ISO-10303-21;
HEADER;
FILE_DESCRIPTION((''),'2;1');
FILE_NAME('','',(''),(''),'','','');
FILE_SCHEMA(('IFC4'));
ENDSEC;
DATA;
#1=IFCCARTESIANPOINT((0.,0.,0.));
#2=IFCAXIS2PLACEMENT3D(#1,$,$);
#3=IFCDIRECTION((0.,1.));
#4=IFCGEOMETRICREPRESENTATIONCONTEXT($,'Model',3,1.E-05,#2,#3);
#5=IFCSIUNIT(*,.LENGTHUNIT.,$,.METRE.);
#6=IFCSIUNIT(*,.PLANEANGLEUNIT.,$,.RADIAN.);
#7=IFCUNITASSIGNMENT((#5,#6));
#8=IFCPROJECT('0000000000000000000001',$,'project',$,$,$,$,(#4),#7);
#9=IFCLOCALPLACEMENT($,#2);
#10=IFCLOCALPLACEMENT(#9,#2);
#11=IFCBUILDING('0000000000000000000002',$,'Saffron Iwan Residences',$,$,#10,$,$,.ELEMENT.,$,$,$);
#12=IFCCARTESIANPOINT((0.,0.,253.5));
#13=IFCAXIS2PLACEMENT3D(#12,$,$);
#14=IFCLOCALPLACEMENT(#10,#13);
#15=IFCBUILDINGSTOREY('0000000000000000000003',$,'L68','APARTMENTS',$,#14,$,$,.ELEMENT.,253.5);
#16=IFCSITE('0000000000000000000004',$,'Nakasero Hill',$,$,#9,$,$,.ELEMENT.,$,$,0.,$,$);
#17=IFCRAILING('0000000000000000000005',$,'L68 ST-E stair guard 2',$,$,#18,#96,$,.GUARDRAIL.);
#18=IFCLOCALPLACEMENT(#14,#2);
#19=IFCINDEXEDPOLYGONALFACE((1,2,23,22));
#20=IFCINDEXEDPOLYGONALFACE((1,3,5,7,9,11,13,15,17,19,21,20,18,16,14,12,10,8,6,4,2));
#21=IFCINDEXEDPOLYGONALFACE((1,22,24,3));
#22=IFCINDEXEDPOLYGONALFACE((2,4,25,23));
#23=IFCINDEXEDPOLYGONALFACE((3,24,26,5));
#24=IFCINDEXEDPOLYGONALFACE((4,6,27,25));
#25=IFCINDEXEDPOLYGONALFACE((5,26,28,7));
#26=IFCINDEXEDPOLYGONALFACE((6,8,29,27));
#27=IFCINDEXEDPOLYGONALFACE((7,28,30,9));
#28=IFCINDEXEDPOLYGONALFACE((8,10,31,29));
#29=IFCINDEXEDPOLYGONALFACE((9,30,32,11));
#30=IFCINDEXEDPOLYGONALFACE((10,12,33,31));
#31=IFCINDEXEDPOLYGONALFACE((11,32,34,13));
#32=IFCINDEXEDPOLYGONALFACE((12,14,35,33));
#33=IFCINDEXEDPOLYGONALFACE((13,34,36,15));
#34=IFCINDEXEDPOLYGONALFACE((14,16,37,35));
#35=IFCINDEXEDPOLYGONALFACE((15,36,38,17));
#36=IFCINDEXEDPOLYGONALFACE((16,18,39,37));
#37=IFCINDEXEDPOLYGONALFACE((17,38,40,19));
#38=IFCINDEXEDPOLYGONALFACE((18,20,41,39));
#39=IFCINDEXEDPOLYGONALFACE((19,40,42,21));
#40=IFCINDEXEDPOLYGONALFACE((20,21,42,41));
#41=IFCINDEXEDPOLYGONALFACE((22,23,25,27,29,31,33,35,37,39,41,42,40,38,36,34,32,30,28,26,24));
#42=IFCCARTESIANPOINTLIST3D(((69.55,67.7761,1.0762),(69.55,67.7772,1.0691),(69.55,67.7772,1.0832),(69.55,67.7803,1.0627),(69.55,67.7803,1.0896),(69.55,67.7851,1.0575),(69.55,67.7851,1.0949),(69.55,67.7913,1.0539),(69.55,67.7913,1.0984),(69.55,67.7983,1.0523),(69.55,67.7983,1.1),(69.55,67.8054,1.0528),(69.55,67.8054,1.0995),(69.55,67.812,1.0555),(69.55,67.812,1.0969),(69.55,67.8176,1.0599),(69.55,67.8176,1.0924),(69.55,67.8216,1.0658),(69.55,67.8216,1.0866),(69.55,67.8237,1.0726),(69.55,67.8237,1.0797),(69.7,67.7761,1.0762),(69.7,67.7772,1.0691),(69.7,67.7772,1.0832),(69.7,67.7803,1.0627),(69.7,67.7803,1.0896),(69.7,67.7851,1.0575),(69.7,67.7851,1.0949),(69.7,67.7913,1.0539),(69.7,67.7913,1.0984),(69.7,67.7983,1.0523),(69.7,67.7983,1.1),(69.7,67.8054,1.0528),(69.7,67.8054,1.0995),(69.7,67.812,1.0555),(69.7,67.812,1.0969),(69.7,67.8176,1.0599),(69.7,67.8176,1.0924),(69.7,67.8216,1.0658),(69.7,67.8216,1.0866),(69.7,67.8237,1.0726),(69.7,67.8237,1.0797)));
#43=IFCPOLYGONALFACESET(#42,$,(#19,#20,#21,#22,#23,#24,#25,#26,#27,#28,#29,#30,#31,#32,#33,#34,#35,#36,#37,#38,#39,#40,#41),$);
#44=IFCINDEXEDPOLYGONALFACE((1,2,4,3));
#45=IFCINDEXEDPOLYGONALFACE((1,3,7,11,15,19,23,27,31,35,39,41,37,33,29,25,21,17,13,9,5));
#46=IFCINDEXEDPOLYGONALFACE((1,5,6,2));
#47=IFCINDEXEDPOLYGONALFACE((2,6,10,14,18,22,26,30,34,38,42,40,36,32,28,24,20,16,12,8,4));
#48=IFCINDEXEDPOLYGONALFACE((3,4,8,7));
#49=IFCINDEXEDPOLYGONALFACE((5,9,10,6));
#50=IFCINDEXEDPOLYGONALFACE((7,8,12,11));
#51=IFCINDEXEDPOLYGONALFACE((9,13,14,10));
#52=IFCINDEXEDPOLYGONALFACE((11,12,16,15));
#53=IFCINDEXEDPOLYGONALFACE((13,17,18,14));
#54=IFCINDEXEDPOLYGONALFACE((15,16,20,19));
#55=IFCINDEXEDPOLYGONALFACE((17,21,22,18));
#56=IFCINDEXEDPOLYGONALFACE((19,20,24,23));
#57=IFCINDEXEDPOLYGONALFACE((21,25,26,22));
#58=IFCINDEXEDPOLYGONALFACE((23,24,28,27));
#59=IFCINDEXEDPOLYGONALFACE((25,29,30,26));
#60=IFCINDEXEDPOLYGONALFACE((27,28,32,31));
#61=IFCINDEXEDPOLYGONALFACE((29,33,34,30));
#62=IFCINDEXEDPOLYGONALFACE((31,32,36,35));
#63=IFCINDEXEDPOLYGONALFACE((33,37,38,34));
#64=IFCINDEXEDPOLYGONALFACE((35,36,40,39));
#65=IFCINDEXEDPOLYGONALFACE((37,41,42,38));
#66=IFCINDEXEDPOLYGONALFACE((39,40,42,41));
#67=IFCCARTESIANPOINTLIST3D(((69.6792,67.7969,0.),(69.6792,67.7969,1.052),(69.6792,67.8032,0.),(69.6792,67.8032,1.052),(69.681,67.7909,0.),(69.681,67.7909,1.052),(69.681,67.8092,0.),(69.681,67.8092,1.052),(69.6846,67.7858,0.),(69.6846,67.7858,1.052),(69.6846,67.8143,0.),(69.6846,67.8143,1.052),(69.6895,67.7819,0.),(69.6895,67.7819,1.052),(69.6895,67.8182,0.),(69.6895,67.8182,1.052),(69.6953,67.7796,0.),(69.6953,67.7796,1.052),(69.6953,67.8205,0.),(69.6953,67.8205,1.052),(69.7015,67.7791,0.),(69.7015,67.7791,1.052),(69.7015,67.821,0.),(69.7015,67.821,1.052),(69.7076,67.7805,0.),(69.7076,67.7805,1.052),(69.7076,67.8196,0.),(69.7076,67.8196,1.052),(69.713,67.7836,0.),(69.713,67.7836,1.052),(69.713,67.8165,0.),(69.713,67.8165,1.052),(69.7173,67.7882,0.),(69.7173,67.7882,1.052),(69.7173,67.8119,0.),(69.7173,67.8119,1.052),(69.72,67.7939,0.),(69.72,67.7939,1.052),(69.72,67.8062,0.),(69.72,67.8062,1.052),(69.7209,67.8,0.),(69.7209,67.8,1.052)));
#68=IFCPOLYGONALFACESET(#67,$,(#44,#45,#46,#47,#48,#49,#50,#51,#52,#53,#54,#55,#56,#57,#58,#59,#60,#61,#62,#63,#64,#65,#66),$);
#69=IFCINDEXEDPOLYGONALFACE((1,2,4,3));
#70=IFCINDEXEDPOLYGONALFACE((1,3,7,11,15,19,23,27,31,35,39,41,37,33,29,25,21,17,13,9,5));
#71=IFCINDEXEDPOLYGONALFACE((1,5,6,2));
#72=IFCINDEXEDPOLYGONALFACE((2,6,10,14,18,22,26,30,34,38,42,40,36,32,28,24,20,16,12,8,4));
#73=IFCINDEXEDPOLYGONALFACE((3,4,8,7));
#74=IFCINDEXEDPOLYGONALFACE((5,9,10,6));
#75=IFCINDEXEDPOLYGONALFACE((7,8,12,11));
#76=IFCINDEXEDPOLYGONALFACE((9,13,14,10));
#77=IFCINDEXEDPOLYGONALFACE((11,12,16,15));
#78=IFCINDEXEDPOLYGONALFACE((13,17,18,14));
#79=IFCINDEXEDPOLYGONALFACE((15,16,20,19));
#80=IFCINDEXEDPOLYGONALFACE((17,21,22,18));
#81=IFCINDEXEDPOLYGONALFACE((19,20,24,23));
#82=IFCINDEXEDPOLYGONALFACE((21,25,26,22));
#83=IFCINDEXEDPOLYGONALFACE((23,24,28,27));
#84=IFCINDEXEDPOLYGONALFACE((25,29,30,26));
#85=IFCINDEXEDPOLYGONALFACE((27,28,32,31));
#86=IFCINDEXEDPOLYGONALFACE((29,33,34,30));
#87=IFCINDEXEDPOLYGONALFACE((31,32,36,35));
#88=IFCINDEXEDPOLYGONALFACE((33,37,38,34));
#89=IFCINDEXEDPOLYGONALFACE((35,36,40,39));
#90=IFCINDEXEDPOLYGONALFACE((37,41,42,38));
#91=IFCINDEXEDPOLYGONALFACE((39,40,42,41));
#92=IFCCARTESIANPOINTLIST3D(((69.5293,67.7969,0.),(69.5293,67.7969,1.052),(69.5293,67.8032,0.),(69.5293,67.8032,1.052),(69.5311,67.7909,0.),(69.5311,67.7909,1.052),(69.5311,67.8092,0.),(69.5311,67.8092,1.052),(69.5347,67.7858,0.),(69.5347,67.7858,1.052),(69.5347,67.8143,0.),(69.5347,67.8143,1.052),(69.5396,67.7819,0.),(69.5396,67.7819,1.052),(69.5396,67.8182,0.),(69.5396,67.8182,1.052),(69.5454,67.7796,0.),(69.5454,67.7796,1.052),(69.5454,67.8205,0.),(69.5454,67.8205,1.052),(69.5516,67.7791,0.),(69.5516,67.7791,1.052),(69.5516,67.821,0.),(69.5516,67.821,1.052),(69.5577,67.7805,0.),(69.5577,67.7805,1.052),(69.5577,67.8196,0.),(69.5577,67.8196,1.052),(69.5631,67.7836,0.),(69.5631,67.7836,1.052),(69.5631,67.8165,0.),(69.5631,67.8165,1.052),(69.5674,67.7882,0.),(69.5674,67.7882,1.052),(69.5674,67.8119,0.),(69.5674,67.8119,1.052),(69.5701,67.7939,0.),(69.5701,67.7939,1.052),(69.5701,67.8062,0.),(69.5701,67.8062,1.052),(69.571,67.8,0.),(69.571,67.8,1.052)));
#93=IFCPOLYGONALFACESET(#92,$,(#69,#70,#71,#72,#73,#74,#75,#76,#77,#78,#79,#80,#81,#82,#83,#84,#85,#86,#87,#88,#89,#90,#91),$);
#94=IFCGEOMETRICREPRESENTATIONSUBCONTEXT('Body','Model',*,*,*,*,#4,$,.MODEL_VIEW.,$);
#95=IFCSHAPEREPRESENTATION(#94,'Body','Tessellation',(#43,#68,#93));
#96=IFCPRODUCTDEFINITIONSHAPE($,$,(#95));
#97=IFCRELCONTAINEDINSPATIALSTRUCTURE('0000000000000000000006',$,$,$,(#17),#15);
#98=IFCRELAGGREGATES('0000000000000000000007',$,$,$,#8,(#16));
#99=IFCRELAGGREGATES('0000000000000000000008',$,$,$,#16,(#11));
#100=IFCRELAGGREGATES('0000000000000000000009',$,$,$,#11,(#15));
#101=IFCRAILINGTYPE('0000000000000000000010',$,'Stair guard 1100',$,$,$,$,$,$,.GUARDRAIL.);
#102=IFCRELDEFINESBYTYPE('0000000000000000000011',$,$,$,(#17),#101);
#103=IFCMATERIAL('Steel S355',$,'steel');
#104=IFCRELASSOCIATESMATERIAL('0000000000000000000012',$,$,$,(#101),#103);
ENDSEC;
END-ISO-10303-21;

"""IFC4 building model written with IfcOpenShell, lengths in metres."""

from ifc_helpers import new_model, si_unit, direction, frame, origin, origin_2d, place, context, subcontext, project, spatial, circle, extrude, material, type_object, element, save


model = new_model("IFC4")

# Units and contexts
model_context = context("Model", 3, precision=1e-05, world=origin(), true_north=direction((0.0, 1.0)))
body_context = subcontext(model_context, "Body", "Model", "MODEL_VIEW")
ifc_project = project(units=[si_unit("LENGTHUNIT", "METRE"), si_unit("PLANEANGLEUNIT", "RADIAN")], contexts=[model_context])

# Site, building, storey
site_placement = place(None, origin())
site = spatial("IfcSite", under=ifc_project, at=site_placement, Name="Nakasero Hill", CompositionType="ELEMENT", RefElevation=0.0)
building_placement = place(site_placement, origin())
building = spatial("IfcBuilding", under=site, at=building_placement, Name="Saffron Iwan Residences", CompositionType="ELEMENT")
storey_placement = place(building_placement, frame((0.0, 0.0, 253.5)))
storey = spatial("IfcBuildingStorey", under=building, at=storey_placement, Name="L68", Description="APARTMENTS", CompositionType="ELEMENT", Elevation=253.5)

# Railing
ifc_material_1 = material(Name="Steel S355", Category="steel")
railing_type_1 = type_object("IfcRailingType", Name="Stair guard 1100", PredefinedType="GUARDRAIL", material=ifc_material_1)
railing_1_placement = place(storey_placement, frame((69.7, 67.8, 0.0)))
element("IfcRailing", 1, at=railing_1_placement, inside=storey, type_object=railing_type_1, Name="L68 ST-E stair guard 2", PredefinedType="GUARDRAIL", context=body_context, shape_type="SweptSolid", body=[
    extrude(circle(Radius=0.0239, at=origin_2d()), frame((0.0, 0.0, 1.0762), z_axis=(-1.0, 0.0, 0.0), x_axis=(0.0, -1.0, 0.0)), (0.0, 0.0, 1.0), 0.1499),
    extrude(circle(Radius=0.021, at=origin_2d()), origin(), (0.0, 0.0, 1.0), 1.052),
    extrude(circle(Radius=0.021, at=origin_2d()), frame((-0.1499, 0.0, 0.0)), (0.0, 0.0, 1.0), 1.052),
])

save(model, "model.ifc")
